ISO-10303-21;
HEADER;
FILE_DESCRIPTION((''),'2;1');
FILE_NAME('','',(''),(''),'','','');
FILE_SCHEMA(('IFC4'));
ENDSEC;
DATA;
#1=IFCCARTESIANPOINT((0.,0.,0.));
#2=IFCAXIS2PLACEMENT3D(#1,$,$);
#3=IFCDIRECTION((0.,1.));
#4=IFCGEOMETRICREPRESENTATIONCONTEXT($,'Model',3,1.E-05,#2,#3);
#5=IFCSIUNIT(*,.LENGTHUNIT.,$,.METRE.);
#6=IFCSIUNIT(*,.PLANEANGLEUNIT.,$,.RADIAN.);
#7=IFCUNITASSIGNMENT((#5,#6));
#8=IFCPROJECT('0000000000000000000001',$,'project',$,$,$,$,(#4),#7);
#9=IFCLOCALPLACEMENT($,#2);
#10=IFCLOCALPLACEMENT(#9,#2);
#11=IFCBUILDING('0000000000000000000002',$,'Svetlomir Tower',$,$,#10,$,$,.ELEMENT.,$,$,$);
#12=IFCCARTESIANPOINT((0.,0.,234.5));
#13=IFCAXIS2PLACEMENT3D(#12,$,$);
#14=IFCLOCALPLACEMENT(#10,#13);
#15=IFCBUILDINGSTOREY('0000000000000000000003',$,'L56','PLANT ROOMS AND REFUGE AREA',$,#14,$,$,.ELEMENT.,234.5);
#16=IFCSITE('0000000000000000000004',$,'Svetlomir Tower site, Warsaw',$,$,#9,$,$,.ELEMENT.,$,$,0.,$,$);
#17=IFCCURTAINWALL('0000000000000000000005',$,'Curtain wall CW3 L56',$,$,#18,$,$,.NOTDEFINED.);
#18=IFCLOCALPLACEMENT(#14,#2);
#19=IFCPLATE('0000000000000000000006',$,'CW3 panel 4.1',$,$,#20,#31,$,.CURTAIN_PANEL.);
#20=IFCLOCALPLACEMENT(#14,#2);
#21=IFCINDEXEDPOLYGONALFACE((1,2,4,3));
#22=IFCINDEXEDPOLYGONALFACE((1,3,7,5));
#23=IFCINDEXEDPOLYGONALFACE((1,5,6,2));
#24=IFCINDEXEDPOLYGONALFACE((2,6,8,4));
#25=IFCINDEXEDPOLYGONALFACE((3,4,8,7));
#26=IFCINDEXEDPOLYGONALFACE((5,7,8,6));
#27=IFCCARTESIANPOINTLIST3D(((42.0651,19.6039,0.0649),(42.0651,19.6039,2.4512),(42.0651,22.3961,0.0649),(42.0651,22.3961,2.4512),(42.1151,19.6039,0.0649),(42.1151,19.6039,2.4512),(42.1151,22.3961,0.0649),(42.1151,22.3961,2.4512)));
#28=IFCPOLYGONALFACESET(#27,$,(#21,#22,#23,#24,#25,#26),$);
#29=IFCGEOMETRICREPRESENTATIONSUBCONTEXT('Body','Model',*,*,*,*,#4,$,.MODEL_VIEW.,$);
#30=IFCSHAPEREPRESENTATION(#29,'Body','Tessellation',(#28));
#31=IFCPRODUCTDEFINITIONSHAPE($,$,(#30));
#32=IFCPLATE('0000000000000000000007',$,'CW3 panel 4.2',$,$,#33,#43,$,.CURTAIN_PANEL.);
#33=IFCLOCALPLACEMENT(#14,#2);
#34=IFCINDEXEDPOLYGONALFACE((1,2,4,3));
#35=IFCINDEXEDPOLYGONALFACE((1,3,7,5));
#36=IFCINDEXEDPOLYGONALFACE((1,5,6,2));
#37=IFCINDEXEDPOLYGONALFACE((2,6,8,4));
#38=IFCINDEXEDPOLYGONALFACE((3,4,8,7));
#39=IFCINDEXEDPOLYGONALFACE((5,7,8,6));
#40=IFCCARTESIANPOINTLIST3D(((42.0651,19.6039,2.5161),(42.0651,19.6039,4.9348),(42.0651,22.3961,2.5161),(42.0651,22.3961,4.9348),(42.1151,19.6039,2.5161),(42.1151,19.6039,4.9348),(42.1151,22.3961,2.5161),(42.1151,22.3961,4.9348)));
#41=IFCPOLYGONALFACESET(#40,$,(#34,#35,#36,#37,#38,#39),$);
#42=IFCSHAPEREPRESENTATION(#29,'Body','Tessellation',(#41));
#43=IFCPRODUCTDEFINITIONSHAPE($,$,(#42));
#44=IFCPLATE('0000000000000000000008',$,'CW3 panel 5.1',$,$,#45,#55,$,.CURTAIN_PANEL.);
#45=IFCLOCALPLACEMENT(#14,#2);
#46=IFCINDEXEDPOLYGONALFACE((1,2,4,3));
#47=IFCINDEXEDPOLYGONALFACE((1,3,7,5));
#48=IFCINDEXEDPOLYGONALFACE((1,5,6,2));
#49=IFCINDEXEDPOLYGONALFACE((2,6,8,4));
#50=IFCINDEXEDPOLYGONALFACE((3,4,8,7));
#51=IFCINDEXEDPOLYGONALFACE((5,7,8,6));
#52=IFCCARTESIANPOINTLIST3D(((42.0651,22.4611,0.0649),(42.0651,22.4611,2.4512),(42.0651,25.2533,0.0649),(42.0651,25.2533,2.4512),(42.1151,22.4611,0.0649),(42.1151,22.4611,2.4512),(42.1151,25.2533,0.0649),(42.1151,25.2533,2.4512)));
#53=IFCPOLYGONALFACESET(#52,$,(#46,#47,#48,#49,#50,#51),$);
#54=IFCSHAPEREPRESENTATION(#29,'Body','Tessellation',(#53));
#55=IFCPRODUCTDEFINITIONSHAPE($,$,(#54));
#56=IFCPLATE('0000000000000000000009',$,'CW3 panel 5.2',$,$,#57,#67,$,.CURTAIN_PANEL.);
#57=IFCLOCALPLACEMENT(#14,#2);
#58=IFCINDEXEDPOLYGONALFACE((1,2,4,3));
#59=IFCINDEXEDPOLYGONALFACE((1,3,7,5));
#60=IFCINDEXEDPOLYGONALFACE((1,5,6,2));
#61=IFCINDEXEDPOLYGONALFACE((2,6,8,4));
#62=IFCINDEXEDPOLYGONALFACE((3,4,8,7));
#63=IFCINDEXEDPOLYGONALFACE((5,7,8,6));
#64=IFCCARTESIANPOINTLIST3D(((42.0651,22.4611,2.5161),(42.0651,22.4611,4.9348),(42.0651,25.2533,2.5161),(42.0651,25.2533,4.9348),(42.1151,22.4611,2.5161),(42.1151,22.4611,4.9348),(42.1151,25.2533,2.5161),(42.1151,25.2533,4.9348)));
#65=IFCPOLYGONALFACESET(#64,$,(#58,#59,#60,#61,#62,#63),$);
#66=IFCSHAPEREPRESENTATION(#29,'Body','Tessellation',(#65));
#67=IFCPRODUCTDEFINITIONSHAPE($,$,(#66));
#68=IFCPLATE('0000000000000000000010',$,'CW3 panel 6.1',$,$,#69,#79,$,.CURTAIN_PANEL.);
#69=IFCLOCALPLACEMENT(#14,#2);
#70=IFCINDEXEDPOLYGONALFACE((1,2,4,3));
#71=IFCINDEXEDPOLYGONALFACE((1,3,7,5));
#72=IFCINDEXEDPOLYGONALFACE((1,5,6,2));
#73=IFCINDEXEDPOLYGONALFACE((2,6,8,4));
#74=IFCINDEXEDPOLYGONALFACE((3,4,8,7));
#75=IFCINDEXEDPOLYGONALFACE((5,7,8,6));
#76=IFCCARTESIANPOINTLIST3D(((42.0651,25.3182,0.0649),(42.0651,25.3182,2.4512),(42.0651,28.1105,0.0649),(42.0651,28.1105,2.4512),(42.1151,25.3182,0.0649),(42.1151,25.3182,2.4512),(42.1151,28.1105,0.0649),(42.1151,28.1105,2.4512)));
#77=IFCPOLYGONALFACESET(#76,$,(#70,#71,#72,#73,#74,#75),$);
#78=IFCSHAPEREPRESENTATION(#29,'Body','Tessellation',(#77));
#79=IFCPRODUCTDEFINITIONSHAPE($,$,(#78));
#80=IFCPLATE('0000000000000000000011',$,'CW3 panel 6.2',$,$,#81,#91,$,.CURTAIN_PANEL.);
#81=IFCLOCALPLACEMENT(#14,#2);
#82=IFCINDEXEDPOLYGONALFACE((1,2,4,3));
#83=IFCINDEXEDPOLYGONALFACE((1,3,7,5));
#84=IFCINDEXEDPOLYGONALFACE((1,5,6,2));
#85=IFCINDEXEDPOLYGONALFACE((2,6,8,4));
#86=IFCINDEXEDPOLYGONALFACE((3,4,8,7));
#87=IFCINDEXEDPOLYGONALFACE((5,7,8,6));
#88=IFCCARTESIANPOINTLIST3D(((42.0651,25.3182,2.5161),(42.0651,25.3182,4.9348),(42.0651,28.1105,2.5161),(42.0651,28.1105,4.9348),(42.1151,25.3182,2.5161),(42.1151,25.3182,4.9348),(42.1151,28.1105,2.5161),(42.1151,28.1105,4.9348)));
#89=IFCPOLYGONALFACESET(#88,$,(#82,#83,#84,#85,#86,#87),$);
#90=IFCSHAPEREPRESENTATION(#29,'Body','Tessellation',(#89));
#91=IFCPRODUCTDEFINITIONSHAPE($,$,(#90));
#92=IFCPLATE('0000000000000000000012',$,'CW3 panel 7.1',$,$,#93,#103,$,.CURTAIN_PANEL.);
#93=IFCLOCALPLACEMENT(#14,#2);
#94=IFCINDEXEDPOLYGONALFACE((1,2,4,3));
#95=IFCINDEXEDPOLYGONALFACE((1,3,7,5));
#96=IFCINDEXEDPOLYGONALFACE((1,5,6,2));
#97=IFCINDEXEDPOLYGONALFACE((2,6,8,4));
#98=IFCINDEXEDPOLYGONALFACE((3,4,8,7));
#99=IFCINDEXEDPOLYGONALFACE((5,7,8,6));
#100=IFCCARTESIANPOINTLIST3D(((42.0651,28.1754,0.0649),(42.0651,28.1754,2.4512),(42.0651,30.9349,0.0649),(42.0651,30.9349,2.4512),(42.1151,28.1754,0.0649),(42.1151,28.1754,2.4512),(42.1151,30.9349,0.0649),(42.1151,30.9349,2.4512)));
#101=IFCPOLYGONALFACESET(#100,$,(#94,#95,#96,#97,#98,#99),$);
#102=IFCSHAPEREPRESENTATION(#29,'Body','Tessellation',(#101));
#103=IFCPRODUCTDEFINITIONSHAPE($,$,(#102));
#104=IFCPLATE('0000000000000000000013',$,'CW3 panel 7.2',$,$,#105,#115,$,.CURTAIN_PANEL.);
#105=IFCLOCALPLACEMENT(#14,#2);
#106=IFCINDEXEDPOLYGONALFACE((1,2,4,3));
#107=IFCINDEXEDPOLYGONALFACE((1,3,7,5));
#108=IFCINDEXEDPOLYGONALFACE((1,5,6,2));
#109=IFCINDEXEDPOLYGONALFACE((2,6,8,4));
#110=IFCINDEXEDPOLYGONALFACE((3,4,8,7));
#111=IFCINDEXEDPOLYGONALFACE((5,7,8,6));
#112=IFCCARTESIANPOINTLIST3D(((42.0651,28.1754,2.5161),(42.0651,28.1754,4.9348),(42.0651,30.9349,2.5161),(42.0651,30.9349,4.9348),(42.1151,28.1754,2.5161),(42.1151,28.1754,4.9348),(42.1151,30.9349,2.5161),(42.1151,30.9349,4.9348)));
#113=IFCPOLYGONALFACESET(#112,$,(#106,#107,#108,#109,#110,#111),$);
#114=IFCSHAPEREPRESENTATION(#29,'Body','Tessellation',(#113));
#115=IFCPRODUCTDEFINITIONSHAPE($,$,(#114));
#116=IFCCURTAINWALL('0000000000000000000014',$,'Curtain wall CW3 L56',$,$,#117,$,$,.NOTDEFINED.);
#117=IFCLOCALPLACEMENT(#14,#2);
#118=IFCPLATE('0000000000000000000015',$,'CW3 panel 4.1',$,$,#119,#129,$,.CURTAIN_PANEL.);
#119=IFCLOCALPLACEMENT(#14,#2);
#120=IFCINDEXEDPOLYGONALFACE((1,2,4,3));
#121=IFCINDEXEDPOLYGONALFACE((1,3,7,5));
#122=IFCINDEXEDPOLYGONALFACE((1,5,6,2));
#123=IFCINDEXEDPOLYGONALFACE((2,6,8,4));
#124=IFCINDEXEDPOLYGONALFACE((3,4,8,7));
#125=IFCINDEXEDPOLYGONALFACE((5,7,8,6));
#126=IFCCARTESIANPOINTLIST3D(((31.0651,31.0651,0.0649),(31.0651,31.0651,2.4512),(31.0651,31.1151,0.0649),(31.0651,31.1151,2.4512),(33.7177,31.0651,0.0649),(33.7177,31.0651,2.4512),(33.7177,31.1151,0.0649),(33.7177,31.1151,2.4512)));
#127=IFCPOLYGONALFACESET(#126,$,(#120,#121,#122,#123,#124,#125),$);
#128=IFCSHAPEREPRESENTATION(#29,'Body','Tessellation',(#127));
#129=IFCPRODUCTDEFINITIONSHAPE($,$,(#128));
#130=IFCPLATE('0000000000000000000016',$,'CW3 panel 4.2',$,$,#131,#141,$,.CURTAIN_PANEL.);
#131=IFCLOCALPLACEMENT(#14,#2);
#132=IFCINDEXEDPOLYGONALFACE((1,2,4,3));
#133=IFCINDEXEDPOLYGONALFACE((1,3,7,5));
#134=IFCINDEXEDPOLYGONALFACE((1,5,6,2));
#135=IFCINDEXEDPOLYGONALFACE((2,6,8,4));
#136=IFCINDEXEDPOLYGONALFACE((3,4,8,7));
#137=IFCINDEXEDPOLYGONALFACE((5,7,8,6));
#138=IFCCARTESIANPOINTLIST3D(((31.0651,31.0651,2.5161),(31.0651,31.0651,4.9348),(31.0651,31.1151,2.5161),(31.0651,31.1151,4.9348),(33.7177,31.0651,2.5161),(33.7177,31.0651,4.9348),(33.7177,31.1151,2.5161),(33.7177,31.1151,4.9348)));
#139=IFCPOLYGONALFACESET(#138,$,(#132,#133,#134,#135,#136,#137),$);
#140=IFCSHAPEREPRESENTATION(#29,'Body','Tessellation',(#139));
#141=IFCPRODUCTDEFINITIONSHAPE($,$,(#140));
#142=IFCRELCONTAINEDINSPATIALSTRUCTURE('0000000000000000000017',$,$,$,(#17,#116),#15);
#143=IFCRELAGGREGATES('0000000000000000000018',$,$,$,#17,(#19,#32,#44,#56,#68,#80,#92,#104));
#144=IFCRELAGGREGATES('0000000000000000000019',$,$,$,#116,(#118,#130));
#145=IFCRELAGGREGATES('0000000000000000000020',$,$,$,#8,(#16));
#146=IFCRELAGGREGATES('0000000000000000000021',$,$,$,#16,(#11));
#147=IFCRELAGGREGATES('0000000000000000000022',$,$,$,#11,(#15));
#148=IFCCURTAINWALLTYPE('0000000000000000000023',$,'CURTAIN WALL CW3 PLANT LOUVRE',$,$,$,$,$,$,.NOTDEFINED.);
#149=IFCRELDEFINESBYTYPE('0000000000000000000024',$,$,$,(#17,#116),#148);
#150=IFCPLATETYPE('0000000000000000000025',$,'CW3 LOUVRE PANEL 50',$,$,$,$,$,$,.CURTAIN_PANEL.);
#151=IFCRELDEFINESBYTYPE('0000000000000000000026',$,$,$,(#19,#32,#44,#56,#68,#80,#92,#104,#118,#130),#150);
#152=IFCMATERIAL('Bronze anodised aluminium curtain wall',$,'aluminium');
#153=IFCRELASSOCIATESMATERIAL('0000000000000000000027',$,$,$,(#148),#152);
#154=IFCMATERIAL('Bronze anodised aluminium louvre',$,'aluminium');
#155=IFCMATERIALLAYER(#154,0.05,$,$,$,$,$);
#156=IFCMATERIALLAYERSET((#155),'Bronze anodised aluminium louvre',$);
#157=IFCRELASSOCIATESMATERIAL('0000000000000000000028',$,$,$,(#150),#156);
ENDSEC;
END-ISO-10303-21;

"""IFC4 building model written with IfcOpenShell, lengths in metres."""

from ifc_helpers import new_model, si_unit, direction, frame, origin, origin_2d, place, context, subcontext, project, spatial, rectangle, extrude, material, layer, layer_set, type_object, element, aggregate, save


model = new_model("IFC4")

# Units and contexts
model_context = context("Model", 3, precision=1e-05, world=origin(), true_north=direction((0.0, 1.0)))
body_context = subcontext(model_context, "Body", "Model", "MODEL_VIEW")
ifc_project = project(units=[si_unit("LENGTHUNIT", "METRE"), si_unit("PLANEANGLEUNIT", "RADIAN")], contexts=[model_context])

# Site, building, storey
site_placement = place(None, origin())
site = spatial("IfcSite", under=ifc_project, at=site_placement, Name="Svetlomir Tower site, Warsaw", CompositionType="ELEMENT", RefElevation=0.0)
building_placement = place(site_placement, origin())
building = spatial("IfcBuilding", under=site, at=building_placement, Name="Svetlomir Tower", CompositionType="ELEMENT")
storey_placement = place(building_placement, frame((0.0, 0.0, 234.5)))
storey = spatial("IfcBuildingStorey", under=building, at=storey_placement, Name="L56", Description="PLANT ROOMS AND REFUGE AREA", CompositionType="ELEMENT", Elevation=234.5)

# Curtain wall
ifc_material_1 = material(Name="Bronze anodised aluminium curtain wall", Category="aluminium")
curtain_wall_type = type_object("IfcCurtainWallType", Name="CURTAIN WALL CW3 PLANT LOUVRE", PredefinedType="NOTDEFINED", material=ifc_material_1)
curtain_wall_1_placement = place(storey_placement, origin())
curtain_wall_1 = element("IfcCurtainWall", 1, at=curtain_wall_1_placement, inside=storey, type_object=curtain_wall_type, Name="Curtain wall CW3 L56", PredefinedType="NOTDEFINED")

# Plates
ifc_material_2 = material(Name="Bronze anodised aluminium louvre", Category="aluminium")
ifc_layer = layer(ifc_material_2, 0.05)
ifc_layer_set = layer_set([ifc_layer], Name="Bronze anodised aluminium louvre")
plate_type = type_object("IfcPlateType", Name="CW3 LOUVRE PANEL 50", PredefinedType="CURTAIN_PANEL", material=ifc_layer_set)
plate_1_placement = place(storey_placement, frame((42.0901, 21.0, 0.0649), z_axis=(0.0, 0.0, 1.0), x_axis=(0.0, 1.0, 0.0)))
plate_1 = element("IfcPlate", 2, at=plate_1_placement, type_object=plate_type, Name="CW3 panel 4.1", PredefinedType="CURTAIN_PANEL", context=body_context, shape_type="SweptSolid", body=[
    extrude(rectangle(XDim=2.7922, YDim=0.05, at=origin_2d()), origin(), (0.0, 0.0, 1.0), 2.3862),
])
plate_2_placement = place(storey_placement, frame((42.0901, 21.0, 2.5161), z_axis=(0.0, 0.0, 1.0), x_axis=(0.0, 1.0, 0.0)))
plate_2 = element("IfcPlate", 3, at=plate_2_placement, type_object=plate_type, Name="CW3 panel 4.2", PredefinedType="CURTAIN_PANEL", context=body_context, shape_type="SweptSolid", body=[
    extrude(rectangle(XDim=2.7922, YDim=0.05, at=origin_2d()), origin(), (0.0, 0.0, 1.0), 2.4187),
])
plate_3_placement = place(storey_placement, frame((42.0901, 23.8572, 0.0649), z_axis=(0.0, 0.0, 1.0), x_axis=(0.0, 1.0, 0.0)))
plate_3 = element("IfcPlate", 4, at=plate_3_placement, type_object=plate_type, Name="CW3 panel 5.1", PredefinedType="CURTAIN_PANEL", context=body_context, shape_type="SweptSolid", body=[
    extrude(rectangle(XDim=2.7922, YDim=0.05, at=origin_2d()), origin(), (0.0, 0.0, 1.0), 2.3862),
])
plate_4_placement = place(storey_placement, frame((42.0901, 23.8572, 2.5161), z_axis=(0.0, 0.0, 1.0), x_axis=(0.0, 1.0, 0.0)))
plate_4 = element("IfcPlate", 5, at=plate_4_placement, type_object=plate_type, Name="CW3 panel 5.2", PredefinedType="CURTAIN_PANEL", context=body_context, shape_type="SweptSolid", body=[
    extrude(rectangle(XDim=2.7922, YDim=0.05, at=origin_2d()), origin(), (0.0, 0.0, 1.0), 2.4187),
])
plate_5_placement = place(storey_placement, frame((42.0901, 26.7144, 0.0649), z_axis=(0.0, 0.0, 1.0), x_axis=(0.0, 1.0, 0.0)))
plate_5 = element("IfcPlate", 6, at=plate_5_placement, type_object=plate_type, Name="CW3 panel 6.1", PredefinedType="CURTAIN_PANEL", context=body_context, shape_type="SweptSolid", body=[
    extrude(rectangle(XDim=2.7922, YDim=0.05, at=origin_2d()), origin(), (0.0, 0.0, 1.0), 2.3862),
])
plate_6_placement = place(storey_placement, frame((42.0901, 26.7144, 2.5161), z_axis=(0.0, 0.0, 1.0), x_axis=(0.0, 1.0, 0.0)))
plate_6 = element("IfcPlate", 7, at=plate_6_placement, type_object=plate_type, Name="CW3 panel 6.2", PredefinedType="CURTAIN_PANEL", context=body_context, shape_type="SweptSolid", body=[
    extrude(rectangle(XDim=2.7922, YDim=0.05, at=origin_2d()), origin(), (0.0, 0.0, 1.0), 2.4187),
])
plate_7_placement = place(storey_placement, frame((42.0901, 29.5552, 0.0649), z_axis=(0.0, 0.0, 1.0), x_axis=(0.0, 1.0, 0.0)))
plate_7 = element("IfcPlate", 8, at=plate_7_placement, type_object=plate_type, Name="CW3 panel 7.1", PredefinedType="CURTAIN_PANEL", context=body_context, shape_type="SweptSolid", body=[
    extrude(rectangle(XDim=2.7595, YDim=0.05, at=origin_2d()), origin(), (0.0, 0.0, 1.0), 2.3862),
])
plate_8_placement = place(storey_placement, frame((42.0901, 29.5552, 2.5161), z_axis=(0.0, 0.0, 1.0), x_axis=(0.0, 1.0, 0.0)))
plate_8 = element("IfcPlate", 9, at=plate_8_placement, type_object=plate_type, Name="CW3 panel 7.2", PredefinedType="CURTAIN_PANEL", context=body_context, shape_type="SweptSolid", body=[
    extrude(rectangle(XDim=2.7595, YDim=0.05, at=origin_2d()), origin(), (0.0, 0.0, 1.0), 2.4187),
])
aggregate(curtain_wall_1, [plate_1, plate_2, plate_3, plate_4, plate_5, plate_6, plate_7, plate_8])

# Curtain wall, plates
curtain_wall_2_placement = place(storey_placement, origin())
curtain_wall_2 = element("IfcCurtainWall", 10, at=curtain_wall_2_placement, inside=storey, type_object=curtain_wall_type, Name="Curtain wall CW3 L56", PredefinedType="NOTDEFINED")
plate_9_placement = place(storey_placement, frame((32.3914, 31.0901, 0.0649), z_axis=(0.0, 0.0, 1.0), x_axis=(-1.0, 0.0, 0.0)))
plate_9 = element("IfcPlate", 11, at=plate_9_placement, type_object=plate_type, Name="CW3 panel 4.1", PredefinedType="CURTAIN_PANEL", context=body_context, shape_type="SweptSolid", body=[
    extrude(rectangle(XDim=2.6526, YDim=0.05, at=origin_2d()), origin(), (0.0, 0.0, 1.0), 2.3862),
])
plate_10_placement = place(storey_placement, frame((32.3914, 31.0901, 2.5161), z_axis=(0.0, 0.0, 1.0), x_axis=(-1.0, 0.0, 0.0)))
plate_10 = element("IfcPlate", 12, at=plate_10_placement, type_object=plate_type, Name="CW3 panel 4.2", PredefinedType="CURTAIN_PANEL", context=body_context, shape_type="SweptSolid", body=[
    extrude(rectangle(XDim=2.6526, YDim=0.05, at=origin_2d()), origin(), (0.0, 0.0, 1.0), 2.4187),
])
aggregate(curtain_wall_2, [plate_9, plate_10])

save(model, "model.ifc")
